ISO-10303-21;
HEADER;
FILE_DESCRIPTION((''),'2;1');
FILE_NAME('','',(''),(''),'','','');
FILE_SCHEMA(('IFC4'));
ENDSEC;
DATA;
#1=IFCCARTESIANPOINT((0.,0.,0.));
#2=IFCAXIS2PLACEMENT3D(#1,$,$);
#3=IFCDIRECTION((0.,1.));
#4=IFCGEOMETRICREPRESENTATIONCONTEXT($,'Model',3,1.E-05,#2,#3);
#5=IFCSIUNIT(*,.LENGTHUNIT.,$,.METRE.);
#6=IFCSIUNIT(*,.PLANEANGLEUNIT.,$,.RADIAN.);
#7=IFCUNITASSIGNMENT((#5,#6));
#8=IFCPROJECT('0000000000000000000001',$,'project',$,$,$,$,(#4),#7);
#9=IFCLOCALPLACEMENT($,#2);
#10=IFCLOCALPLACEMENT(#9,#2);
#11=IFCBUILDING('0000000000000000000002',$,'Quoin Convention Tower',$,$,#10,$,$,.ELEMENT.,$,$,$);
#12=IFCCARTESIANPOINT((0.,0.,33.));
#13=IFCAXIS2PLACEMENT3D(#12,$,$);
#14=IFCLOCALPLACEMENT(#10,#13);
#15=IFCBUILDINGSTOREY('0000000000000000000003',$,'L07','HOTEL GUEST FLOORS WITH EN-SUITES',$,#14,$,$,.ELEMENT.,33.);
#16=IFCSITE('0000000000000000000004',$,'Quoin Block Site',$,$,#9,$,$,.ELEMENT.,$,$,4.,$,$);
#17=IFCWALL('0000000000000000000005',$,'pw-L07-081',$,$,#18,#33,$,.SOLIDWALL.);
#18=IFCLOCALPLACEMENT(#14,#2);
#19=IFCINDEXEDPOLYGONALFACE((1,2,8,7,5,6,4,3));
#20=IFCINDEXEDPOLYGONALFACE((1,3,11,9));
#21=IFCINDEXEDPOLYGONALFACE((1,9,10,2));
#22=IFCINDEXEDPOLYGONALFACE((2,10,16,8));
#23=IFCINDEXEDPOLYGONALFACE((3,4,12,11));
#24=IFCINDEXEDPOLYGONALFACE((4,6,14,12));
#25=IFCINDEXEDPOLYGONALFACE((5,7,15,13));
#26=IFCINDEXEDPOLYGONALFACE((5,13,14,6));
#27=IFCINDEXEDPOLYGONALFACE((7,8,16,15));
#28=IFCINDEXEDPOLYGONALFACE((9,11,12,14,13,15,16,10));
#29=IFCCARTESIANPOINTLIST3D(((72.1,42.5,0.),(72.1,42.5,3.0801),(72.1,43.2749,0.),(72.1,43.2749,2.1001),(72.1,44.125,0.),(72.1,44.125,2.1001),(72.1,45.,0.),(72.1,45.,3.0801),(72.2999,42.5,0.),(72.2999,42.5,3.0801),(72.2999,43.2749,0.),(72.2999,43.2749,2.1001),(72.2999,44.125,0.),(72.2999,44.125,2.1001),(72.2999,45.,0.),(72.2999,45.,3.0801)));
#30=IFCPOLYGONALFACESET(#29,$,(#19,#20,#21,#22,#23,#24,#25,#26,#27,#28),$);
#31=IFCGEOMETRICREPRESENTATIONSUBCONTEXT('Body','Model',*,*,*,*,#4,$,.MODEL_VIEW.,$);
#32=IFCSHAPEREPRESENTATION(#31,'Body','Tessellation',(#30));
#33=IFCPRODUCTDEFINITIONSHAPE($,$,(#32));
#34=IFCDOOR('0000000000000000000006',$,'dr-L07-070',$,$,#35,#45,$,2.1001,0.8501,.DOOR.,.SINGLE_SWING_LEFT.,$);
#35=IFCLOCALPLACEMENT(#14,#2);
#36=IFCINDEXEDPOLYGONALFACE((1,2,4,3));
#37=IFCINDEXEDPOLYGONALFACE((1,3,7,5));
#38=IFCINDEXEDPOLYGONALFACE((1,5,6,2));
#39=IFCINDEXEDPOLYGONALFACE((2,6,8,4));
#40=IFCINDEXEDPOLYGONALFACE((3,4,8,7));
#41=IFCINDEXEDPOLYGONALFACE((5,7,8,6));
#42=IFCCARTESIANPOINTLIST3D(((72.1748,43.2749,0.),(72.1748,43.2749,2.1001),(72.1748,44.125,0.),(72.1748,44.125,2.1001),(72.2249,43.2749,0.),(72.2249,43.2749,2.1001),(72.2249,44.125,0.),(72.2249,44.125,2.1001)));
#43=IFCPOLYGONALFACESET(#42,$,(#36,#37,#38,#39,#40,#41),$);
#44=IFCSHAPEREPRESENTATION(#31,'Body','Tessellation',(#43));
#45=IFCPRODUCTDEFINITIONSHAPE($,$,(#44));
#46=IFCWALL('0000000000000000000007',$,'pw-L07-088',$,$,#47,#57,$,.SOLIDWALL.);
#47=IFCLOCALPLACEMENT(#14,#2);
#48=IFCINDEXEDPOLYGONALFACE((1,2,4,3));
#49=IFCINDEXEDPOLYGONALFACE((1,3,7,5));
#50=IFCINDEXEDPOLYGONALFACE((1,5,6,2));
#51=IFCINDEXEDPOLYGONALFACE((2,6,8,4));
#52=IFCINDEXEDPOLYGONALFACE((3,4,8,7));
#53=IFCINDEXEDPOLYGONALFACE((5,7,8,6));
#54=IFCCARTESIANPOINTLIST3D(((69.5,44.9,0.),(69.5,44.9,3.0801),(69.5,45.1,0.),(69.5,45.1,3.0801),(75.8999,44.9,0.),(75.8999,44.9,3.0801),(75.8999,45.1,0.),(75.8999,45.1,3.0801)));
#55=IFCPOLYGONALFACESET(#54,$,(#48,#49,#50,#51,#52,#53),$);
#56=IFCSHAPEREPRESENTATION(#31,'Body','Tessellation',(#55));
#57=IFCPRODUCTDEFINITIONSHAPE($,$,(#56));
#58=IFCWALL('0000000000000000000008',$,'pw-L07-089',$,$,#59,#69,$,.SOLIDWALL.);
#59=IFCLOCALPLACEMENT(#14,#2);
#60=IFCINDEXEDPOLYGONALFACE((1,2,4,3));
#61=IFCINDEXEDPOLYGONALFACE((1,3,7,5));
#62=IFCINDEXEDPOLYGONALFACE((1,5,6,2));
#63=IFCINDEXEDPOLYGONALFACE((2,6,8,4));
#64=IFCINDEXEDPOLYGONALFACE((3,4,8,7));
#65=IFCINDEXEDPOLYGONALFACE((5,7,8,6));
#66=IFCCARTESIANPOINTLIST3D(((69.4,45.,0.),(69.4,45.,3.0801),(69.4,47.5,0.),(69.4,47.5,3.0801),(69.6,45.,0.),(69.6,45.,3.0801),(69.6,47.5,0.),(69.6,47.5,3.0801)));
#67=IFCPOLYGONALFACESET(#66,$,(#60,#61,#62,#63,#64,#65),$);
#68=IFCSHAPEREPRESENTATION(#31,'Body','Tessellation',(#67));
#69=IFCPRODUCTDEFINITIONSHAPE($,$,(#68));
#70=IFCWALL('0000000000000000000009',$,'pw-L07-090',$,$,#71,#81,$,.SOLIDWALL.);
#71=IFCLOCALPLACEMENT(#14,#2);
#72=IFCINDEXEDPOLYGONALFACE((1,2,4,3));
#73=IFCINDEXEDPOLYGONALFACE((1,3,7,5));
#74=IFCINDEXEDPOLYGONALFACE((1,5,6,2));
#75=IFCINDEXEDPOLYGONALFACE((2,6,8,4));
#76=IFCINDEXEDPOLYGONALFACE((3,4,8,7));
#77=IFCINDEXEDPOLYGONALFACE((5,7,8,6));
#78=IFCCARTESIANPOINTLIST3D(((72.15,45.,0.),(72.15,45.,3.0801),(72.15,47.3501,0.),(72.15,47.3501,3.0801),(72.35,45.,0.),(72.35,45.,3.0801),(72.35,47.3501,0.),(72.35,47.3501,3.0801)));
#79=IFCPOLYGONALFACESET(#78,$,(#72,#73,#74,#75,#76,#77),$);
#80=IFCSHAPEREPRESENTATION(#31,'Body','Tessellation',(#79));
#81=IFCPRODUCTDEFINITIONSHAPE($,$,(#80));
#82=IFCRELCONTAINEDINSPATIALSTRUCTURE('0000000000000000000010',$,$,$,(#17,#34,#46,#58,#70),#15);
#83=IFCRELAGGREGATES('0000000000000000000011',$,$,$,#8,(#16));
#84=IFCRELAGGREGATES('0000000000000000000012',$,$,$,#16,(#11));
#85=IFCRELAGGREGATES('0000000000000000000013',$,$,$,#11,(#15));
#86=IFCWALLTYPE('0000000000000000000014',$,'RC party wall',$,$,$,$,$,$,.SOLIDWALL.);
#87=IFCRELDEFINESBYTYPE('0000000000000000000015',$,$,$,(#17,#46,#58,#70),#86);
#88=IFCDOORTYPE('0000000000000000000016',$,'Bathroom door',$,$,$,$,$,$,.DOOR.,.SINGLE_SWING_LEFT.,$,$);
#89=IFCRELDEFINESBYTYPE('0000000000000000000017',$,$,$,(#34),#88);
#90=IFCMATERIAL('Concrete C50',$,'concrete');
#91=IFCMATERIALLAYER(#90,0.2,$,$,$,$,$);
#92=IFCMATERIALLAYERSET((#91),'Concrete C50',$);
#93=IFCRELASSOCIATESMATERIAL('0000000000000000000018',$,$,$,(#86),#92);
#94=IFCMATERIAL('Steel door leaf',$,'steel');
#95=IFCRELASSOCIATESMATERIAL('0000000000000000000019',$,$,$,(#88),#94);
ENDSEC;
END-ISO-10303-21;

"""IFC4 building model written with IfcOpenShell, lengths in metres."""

from ifc_helpers import new_model, si_unit, direction, frame, frame_2d, origin, place, context, subcontext, project, spatial, rectangle, extrude, material, layer, layer_set, type_object, element, fill, save


model = new_model("IFC4")

# Units and contexts
model_context = context("Model", 3, precision=1e-05, world=origin(), true_north=direction((0.0, 1.0)))
body_context = subcontext(model_context, "Body", "Model", "MODEL_VIEW")
ifc_project = project(units=[si_unit("LENGTHUNIT", "METRE"), si_unit("PLANEANGLEUNIT", "RADIAN")], contexts=[model_context])

# Site, building, storey
site_placement = place(None, origin())
site = spatial("IfcSite", under=ifc_project, at=site_placement, Name="Quoin Block Site", CompositionType="ELEMENT", RefElevation=4.0)
building_placement = place(site_placement, origin())
building = spatial("IfcBuilding", under=site, at=building_placement, Name="Quoin Convention Tower", CompositionType="ELEMENT")
storey_placement = place(building_placement, frame((0.0, 0.0, 33.0)))
storey = spatial("IfcBuildingStorey", under=building, at=storey_placement, Name="L07", Description="HOTEL GUEST FLOORS WITH EN-SUITES", CompositionType="ELEMENT", Elevation=33.0)

# Shared definitions
ifc_material_1 = material(Name="Concrete C50", Category="concrete")
ifc_layer_1 = layer(ifc_material_1, 0.2)
ifc_layer_set_1 = layer_set([ifc_layer_1], Name="Concrete C50")
wall_type_1 = type_object("IfcWallType", Name="RC party wall", PredefinedType="SOLIDWALL", material=ifc_layer_set_1)

# Wall, opening, door
wall_1_placement = place(storey_placement, frame((72.2, 42.5, 0.0), z_axis=(0.0, 0.0, 1.0), x_axis=(0.0, 1.0, 0.0)))
wall_1 = element("IfcWall", 1, at=wall_1_placement, inside=storey, type_object=wall_type_1, Name="pw-L07-081", PredefinedType="SOLIDWALL", context=body_context, shape_type="SweptSolid", body=[
    extrude(rectangle(XDim=2.5, YDim=0.2, at=frame_2d((1.25, 0.0))), origin(), (0.0, 0.0, 1.0), 3.0801),
])
opening_1_placement = place(wall_1_placement, frame((0.7749, 0.0, 0.0)))
opening_1 = element("IfcOpeningElement", 2, at=opening_1_placement, cuts=wall_1, PredefinedType="OPENING", context=body_context, shape_type="SweptSolid", body=[
    extrude(rectangle(XDim=0.8501, YDim=2.1001, at=frame_2d((0.425, 1.05))), frame((0.0, 0.1099, 0.0), z_axis=(0.0, -1.0, 0.0), x_axis=(1.0, 0.0, 0.0)), (0.0, 0.0, 1.0), 0.22),
])
ifc_material_2 = material(Name="Steel door leaf", Category="steel")
door_type = type_object("IfcDoorType", Name="Bathroom door", OperationType="SINGLE_SWING_LEFT", PredefinedType="DOOR", material=ifc_material_2)
door_placement = place(opening_1_placement, frame((0.8501, 0.0, 0.0), z_axis=(0.0, 0.0, 1.0), x_axis=(-1.0, 0.0, 0.0)))
door = element("IfcDoor", 3, at=door_placement, inside=storey, type_object=door_type, Name="dr-L07-070", OperationType="SINGLE_SWING_LEFT", OverallHeight=2.1001, OverallWidth=0.8501, PredefinedType="DOOR", context=body_context, shape_type="SweptSolid", body=[
    extrude(rectangle(XDim=0.8501, YDim=2.1001, at=frame_2d((0.425, 1.05))), frame((0.0, 0.0249, 0.0), z_axis=(0.0, -1.0, 0.0), x_axis=(1.0, 0.0, 0.0)), (0.0, 0.0, 1.0), 0.05),
])
fill(opening_1, door)

# Walls
wall_2_placement = place(storey_placement, frame((69.5, 45.0, 0.0), z_axis=(0.0, 0.0, 1.0), x_axis=(1.0, 0.0, 0.0)))
element("IfcWall", 4, at=wall_2_placement, inside=storey, type_object=wall_type_1, Name="pw-L07-088", PredefinedType="SOLIDWALL", context=body_context, shape_type="SweptSolid", body=[
    extrude(rectangle(XDim=6.3999, YDim=0.2, at=frame_2d((3.2, 0.0))), origin(), (0.0, 0.0, 1.0), 3.0801),
])
wall_3_placement = place(storey_placement, frame((69.5, 45.0, 0.0), z_axis=(0.0, 0.0, 1.0), x_axis=(0.0, 1.0, 0.0)))
element("IfcWall", 5, at=wall_3_placement, inside=storey, type_object=wall_type_1, Name="pw-L07-089", PredefinedType="SOLIDWALL", context=body_context, shape_type="SweptSolid", body=[
    extrude(rectangle(XDim=2.5, YDim=0.2, at=frame_2d((1.25, 0.0))), origin(), (0.0, 0.0, 1.0), 3.0801),
])
wall_4_placement = place(storey_placement, frame((72.25, 45.0, 0.0), z_axis=(0.0, 0.0, 1.0), x_axis=(0.0, 1.0, 0.0)))
element("IfcWall", 6, at=wall_4_placement, inside=storey, type_object=wall_type_1, Name="pw-L07-090", PredefinedType="SOLIDWALL", context=body_context, shape_type="SweptSolid", body=[
    extrude(rectangle(XDim=2.3501, YDim=0.2, at=frame_2d((1.175, 0.0))), origin(), (0.0, 0.0, 1.0), 3.0801),
])

save(model, "model.ifc")
